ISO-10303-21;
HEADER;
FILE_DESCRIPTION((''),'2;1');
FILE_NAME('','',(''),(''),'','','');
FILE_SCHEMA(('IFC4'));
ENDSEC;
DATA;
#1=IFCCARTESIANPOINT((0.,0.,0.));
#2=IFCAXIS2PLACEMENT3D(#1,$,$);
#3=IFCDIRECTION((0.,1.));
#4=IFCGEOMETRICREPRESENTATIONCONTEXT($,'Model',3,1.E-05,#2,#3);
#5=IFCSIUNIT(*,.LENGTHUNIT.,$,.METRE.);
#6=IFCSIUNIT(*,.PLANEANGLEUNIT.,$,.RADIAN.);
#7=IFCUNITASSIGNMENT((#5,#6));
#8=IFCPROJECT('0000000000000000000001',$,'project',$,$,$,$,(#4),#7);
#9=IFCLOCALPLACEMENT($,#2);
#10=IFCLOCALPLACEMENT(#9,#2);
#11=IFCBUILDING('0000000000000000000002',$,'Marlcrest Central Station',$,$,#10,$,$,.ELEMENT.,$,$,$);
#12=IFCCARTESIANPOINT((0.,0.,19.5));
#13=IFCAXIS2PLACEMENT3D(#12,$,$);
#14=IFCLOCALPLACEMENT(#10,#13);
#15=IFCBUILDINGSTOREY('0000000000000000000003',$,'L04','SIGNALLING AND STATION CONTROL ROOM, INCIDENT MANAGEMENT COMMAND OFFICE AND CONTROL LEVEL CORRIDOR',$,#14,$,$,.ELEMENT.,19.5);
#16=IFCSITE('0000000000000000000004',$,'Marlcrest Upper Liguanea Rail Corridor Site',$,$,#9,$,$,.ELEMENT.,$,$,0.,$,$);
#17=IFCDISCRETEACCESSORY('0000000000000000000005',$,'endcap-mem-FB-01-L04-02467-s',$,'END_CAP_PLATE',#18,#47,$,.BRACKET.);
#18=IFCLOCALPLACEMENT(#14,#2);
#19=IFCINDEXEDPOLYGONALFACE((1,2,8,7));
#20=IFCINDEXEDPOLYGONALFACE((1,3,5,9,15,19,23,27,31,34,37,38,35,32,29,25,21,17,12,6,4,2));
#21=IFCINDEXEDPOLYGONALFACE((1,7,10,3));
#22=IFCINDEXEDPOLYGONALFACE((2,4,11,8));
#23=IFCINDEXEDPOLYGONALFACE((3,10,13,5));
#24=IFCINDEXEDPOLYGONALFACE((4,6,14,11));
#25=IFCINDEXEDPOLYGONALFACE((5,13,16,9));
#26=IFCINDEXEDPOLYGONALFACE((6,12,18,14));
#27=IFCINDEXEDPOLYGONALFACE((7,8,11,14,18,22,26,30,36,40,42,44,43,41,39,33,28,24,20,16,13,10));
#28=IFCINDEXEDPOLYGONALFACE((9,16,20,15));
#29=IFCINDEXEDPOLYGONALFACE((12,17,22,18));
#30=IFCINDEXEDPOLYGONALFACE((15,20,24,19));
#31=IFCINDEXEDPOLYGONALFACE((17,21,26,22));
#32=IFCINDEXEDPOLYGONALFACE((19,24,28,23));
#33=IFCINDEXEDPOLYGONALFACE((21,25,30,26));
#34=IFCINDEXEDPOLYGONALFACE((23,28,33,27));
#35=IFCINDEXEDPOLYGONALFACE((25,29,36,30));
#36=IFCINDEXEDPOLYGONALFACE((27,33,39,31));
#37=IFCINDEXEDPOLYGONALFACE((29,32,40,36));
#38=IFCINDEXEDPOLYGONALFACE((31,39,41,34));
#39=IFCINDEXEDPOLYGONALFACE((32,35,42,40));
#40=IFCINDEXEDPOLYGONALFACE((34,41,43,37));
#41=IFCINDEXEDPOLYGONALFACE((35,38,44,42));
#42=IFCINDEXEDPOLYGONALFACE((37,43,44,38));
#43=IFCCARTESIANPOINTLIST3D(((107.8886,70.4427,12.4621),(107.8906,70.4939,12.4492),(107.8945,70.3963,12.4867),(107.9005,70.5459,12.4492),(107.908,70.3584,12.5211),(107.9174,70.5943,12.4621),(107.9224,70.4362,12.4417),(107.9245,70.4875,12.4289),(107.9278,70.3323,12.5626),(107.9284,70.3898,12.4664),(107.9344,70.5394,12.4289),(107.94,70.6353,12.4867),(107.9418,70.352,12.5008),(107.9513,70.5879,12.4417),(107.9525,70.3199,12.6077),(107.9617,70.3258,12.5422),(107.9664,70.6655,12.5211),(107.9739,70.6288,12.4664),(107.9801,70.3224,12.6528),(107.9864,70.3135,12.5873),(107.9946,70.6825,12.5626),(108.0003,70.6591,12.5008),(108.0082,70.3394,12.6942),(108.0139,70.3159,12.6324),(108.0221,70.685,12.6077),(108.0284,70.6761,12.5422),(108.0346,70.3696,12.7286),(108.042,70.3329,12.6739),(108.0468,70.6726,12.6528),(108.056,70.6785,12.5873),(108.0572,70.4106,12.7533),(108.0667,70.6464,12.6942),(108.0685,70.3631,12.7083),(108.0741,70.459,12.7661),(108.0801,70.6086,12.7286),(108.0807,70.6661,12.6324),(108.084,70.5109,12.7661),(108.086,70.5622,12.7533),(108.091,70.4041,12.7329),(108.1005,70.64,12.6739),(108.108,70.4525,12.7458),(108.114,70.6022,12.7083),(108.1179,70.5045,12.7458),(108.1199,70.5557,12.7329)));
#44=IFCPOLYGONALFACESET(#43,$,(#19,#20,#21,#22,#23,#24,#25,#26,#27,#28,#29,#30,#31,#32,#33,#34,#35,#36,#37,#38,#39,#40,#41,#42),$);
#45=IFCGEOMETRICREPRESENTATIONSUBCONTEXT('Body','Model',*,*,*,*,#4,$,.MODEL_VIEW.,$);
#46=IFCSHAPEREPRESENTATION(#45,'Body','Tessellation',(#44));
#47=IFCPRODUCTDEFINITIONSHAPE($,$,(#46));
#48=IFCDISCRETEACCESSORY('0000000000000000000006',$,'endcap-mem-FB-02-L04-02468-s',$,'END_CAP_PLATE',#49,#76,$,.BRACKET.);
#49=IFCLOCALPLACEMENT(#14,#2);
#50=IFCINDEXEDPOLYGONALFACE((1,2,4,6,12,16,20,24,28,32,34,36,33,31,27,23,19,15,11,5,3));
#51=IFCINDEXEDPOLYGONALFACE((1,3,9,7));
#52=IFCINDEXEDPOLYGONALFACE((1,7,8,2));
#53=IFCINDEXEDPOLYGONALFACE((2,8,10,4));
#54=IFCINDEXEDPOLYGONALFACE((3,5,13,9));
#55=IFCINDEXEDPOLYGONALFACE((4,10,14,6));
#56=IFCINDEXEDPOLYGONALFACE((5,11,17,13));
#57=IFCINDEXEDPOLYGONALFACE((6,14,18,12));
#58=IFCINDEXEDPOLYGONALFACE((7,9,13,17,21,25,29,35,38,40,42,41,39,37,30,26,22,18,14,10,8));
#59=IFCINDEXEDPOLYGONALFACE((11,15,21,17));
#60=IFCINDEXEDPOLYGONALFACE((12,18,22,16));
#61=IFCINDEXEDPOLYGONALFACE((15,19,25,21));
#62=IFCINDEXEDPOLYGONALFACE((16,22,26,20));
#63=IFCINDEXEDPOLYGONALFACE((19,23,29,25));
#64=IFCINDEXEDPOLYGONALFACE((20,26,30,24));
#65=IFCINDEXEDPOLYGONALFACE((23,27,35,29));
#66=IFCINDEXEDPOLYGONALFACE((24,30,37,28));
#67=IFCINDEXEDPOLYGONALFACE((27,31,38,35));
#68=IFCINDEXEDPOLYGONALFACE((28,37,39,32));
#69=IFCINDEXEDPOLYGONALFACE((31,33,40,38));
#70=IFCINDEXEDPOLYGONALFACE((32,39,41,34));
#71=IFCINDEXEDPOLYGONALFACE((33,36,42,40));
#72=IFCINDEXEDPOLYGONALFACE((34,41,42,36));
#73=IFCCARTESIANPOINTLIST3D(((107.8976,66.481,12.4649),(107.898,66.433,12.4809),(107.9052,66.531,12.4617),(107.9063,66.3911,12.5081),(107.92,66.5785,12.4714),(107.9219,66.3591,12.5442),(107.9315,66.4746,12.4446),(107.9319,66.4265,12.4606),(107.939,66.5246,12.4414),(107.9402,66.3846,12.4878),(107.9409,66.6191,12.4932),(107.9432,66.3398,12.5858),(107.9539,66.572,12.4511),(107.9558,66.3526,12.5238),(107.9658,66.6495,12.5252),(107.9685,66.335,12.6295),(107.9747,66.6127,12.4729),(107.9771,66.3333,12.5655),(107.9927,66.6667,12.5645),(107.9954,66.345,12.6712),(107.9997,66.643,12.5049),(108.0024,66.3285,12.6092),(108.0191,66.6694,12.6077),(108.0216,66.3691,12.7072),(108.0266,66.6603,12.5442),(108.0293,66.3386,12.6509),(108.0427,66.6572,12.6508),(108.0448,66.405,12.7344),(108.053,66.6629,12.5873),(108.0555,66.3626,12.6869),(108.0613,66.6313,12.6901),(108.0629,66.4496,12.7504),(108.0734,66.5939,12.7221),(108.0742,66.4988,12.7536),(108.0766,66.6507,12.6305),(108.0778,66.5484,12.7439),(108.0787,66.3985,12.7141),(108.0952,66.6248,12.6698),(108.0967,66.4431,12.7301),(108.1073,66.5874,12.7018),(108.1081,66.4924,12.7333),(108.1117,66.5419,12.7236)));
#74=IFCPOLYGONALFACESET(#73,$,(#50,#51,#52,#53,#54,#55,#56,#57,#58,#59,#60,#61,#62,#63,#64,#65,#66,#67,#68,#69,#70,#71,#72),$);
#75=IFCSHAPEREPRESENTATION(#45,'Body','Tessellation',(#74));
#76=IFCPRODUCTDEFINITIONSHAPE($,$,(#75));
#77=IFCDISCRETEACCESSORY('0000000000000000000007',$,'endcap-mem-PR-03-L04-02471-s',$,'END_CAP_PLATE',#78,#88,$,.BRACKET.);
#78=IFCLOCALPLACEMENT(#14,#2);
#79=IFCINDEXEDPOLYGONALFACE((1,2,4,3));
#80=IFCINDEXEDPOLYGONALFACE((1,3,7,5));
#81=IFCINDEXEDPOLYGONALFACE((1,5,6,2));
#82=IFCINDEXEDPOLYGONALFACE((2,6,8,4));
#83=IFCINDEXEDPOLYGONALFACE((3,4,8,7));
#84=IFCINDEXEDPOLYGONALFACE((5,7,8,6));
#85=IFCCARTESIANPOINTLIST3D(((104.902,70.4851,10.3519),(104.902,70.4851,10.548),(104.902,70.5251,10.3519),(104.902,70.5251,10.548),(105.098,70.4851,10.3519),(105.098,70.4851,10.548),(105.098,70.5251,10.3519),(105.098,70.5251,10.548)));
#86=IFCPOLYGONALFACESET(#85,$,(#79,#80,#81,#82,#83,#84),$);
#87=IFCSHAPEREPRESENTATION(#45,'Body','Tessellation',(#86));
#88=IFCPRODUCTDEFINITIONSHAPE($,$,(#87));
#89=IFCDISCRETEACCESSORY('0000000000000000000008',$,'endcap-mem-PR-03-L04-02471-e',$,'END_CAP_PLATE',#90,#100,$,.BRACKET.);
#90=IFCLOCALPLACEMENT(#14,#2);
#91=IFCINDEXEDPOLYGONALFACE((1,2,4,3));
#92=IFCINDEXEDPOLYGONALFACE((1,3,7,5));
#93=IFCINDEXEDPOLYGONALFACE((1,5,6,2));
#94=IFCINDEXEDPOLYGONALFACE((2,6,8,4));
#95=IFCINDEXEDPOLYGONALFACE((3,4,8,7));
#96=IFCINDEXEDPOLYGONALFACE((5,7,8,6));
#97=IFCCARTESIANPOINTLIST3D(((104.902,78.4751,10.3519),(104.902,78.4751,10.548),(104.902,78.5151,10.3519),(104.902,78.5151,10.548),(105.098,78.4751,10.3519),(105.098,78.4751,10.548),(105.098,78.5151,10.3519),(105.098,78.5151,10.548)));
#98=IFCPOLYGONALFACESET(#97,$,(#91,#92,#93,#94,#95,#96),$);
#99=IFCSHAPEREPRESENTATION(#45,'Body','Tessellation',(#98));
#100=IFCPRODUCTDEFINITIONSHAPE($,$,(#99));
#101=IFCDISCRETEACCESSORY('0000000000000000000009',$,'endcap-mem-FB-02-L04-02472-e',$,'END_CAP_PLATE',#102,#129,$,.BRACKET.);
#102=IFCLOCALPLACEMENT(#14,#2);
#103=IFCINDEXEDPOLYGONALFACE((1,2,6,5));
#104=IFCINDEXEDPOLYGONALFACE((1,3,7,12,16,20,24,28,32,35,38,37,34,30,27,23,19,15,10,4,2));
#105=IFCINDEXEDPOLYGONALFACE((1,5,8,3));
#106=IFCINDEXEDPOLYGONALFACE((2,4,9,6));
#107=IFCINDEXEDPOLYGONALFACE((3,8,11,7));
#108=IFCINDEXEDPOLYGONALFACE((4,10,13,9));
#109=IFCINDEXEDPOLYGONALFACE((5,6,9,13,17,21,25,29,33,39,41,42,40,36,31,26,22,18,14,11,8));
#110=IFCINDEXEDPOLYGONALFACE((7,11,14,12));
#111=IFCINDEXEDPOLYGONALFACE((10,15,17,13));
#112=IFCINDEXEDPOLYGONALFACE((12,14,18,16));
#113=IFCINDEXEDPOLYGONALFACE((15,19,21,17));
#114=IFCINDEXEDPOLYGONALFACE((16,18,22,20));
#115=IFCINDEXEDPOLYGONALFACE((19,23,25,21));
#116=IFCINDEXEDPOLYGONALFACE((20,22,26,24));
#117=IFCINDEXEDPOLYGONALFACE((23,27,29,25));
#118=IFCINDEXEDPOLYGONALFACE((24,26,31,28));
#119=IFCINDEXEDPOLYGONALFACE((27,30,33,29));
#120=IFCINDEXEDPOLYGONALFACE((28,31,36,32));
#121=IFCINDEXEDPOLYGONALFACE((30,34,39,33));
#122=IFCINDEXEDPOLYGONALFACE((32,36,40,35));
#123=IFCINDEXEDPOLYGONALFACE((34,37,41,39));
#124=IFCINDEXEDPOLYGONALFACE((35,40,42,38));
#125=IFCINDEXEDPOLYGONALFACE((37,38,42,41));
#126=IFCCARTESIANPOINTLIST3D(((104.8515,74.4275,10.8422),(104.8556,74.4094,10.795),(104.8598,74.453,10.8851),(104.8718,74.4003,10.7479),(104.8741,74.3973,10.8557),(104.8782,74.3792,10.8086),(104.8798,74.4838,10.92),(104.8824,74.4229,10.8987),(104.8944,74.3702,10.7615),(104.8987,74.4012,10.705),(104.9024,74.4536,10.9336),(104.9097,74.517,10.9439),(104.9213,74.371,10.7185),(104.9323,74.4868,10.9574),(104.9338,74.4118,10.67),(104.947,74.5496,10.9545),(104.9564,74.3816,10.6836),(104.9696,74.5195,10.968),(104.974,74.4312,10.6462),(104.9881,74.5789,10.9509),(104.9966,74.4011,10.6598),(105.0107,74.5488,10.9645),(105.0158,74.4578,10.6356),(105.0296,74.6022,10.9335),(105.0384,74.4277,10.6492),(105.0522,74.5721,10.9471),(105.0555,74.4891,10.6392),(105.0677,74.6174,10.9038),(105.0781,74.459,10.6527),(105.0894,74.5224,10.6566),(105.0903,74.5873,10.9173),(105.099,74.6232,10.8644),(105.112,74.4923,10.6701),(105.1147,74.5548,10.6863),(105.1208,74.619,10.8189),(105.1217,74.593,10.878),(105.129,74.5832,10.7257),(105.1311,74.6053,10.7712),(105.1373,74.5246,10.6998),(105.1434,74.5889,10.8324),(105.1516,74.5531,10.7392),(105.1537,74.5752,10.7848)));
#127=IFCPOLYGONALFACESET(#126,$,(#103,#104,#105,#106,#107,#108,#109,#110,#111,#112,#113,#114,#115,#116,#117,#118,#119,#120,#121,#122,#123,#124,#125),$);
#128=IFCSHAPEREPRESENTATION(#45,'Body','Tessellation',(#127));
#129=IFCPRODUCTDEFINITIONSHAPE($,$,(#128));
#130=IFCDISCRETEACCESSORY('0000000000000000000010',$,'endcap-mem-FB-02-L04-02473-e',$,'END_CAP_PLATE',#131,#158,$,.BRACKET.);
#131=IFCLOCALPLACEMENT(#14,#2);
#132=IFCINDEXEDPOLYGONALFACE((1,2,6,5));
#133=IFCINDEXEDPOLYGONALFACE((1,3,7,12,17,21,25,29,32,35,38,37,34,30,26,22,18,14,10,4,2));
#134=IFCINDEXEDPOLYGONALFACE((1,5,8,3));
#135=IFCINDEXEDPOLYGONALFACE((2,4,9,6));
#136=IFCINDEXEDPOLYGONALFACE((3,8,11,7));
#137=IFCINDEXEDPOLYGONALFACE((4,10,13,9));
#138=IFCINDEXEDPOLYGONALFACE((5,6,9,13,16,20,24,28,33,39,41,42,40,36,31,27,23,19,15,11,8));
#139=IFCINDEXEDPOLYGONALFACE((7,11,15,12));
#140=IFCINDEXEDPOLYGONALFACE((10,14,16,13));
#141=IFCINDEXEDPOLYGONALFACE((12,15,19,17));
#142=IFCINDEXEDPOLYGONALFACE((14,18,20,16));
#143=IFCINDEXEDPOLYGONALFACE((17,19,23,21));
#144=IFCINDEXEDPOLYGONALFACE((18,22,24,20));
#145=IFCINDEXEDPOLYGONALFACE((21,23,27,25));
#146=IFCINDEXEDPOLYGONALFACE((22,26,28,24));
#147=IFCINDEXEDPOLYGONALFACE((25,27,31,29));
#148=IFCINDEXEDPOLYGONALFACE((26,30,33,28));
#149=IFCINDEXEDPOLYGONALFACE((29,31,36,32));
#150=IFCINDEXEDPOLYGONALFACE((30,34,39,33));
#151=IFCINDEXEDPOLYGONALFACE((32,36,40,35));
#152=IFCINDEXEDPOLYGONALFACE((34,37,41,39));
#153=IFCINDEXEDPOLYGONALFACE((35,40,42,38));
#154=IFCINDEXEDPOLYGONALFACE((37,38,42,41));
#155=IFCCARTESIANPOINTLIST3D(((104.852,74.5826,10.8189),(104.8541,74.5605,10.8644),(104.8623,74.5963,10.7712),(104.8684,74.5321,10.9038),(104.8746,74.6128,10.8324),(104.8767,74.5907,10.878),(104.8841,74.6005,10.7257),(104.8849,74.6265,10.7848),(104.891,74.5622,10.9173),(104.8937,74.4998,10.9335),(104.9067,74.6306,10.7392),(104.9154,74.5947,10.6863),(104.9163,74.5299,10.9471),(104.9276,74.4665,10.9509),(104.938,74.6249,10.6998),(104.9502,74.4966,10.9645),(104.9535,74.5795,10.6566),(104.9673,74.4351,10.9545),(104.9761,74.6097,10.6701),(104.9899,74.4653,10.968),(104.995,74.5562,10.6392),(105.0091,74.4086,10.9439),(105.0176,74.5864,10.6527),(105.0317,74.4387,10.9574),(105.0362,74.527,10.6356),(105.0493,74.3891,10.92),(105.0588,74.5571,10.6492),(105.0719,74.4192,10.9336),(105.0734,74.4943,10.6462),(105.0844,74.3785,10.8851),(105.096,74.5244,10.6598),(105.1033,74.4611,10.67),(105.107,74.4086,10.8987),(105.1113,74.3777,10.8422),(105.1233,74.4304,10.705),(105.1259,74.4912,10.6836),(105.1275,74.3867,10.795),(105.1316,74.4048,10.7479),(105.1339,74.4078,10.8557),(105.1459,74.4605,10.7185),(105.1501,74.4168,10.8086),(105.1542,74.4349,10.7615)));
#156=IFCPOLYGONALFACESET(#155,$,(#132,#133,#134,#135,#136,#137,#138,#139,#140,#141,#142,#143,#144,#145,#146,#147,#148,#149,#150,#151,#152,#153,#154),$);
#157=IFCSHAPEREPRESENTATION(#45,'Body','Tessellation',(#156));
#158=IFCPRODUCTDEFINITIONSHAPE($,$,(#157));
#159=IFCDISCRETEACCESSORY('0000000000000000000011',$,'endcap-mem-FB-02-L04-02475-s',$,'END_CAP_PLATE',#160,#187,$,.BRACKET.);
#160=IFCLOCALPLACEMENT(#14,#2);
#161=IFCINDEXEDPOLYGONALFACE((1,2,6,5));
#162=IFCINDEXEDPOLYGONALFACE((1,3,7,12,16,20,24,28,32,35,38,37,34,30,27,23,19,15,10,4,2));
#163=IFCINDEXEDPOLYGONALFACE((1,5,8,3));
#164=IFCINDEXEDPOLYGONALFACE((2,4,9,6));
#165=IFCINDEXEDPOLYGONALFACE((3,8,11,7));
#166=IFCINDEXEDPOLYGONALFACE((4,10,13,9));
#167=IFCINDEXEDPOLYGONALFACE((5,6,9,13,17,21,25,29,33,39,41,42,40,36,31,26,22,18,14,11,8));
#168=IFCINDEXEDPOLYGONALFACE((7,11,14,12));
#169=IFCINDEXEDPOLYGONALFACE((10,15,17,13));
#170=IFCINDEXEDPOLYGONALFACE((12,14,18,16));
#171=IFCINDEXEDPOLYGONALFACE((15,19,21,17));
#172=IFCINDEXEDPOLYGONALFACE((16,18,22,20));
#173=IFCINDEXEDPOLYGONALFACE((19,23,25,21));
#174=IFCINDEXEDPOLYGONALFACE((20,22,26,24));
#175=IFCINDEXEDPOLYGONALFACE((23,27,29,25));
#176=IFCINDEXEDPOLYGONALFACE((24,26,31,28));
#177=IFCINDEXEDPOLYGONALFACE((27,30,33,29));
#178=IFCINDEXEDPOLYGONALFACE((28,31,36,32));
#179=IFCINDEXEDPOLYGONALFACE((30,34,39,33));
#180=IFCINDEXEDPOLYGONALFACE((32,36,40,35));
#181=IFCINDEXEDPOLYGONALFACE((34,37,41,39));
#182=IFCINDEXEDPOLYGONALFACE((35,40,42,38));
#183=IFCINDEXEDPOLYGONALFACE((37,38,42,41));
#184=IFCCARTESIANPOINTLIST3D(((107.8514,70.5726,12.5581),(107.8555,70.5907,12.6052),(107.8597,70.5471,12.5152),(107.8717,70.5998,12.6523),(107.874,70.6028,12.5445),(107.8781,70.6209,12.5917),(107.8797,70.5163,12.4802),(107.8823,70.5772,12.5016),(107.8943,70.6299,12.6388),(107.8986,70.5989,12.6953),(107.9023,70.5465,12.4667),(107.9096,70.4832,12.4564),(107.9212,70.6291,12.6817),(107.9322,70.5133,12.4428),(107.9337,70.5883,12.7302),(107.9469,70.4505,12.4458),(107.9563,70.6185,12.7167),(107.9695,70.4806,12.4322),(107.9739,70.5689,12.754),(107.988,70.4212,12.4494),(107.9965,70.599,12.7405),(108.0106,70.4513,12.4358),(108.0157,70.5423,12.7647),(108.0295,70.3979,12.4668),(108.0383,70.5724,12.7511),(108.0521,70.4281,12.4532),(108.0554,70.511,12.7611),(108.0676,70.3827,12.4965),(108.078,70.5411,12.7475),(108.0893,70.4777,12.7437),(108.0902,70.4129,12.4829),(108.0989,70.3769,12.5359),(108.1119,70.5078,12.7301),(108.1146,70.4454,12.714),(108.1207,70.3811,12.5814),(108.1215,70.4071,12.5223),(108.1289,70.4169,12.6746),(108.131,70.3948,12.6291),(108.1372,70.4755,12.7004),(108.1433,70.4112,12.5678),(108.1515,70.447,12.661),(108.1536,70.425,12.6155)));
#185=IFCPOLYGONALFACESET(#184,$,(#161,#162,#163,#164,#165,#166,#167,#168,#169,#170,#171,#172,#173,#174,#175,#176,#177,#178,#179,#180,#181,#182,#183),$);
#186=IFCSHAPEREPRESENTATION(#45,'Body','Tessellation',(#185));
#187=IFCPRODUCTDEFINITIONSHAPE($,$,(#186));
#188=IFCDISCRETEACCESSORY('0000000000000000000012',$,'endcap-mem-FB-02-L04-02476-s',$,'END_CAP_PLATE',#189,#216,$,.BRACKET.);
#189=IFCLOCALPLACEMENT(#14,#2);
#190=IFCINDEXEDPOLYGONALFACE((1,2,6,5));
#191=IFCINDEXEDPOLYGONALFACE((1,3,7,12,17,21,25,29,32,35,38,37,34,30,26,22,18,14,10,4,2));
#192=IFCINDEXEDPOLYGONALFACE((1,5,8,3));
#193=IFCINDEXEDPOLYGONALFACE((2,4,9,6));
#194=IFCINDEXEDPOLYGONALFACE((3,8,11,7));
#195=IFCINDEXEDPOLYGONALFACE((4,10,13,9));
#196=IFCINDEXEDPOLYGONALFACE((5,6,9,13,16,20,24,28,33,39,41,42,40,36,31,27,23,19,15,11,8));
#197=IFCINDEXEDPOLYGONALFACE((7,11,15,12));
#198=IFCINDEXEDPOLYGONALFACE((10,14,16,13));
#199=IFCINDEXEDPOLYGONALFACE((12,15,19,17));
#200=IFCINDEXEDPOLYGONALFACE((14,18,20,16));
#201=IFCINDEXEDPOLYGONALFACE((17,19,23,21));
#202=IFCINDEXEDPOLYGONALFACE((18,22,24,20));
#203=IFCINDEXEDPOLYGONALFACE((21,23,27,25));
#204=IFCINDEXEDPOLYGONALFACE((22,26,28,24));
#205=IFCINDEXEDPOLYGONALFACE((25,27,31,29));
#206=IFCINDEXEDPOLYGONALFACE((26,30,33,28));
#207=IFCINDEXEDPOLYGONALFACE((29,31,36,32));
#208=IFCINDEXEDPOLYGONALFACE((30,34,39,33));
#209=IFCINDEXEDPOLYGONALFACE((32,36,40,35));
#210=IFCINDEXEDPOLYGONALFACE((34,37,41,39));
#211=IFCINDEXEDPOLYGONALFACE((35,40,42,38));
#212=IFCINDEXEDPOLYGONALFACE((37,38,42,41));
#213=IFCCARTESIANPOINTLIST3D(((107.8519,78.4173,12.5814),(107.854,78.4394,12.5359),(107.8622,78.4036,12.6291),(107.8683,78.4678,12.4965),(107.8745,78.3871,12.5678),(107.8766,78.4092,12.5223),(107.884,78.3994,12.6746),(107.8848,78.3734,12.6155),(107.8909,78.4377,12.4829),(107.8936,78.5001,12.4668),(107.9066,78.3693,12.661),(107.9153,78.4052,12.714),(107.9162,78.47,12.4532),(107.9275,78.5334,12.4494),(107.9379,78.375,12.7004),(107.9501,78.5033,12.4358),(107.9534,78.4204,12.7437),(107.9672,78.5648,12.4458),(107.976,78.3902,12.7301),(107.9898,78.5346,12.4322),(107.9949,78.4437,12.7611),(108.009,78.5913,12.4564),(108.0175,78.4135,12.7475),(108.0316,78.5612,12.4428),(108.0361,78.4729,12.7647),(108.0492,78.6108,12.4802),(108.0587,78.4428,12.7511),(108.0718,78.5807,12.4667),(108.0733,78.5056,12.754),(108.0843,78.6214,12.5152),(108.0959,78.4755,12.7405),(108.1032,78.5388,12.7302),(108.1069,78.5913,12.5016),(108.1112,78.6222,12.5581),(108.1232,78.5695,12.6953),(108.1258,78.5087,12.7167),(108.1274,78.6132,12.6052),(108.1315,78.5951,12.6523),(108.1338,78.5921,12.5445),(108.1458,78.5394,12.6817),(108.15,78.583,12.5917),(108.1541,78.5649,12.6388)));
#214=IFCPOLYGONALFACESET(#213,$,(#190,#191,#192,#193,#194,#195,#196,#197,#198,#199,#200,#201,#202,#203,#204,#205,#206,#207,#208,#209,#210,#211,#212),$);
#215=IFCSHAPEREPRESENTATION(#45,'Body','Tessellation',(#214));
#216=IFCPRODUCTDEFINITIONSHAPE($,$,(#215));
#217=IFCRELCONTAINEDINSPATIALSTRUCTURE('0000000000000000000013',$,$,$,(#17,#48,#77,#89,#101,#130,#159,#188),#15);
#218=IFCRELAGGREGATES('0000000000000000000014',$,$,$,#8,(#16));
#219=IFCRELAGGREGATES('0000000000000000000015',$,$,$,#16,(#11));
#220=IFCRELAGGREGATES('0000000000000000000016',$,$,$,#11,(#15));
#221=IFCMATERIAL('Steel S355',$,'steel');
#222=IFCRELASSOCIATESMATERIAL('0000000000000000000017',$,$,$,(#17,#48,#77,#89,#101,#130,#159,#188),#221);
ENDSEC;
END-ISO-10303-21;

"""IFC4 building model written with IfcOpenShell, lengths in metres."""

from ifc_helpers import new_model, si_unit, direction, frame, origin, origin_2d, place, context, subcontext, project, spatial, rectangle, circle, extrude, material, element, save


model = new_model("IFC4")

# Units and contexts
model_context = context("Model", 3, precision=1e-05, world=origin(), true_north=direction((0.0, 1.0)))
body_context = subcontext(model_context, "Body", "Model", "MODEL_VIEW")
ifc_project = project(units=[si_unit("LENGTHUNIT", "METRE"), si_unit("PLANEANGLEUNIT", "RADIAN")], contexts=[model_context])

# Site, building, storey
site_placement = place(None, origin())
site = spatial("IfcSite", under=ifc_project, at=site_placement, Name="Marlcrest Upper Liguanea Rail Corridor Site", CompositionType="ELEMENT", RefElevation=0.0)
building_placement = place(site_placement, origin())
building = spatial("IfcBuilding", under=site, at=building_placement, Name="Marlcrest Central Station", CompositionType="ELEMENT")
storey_placement = place(building_placement, frame((0.0, 0.0, 19.5)))
storey = spatial("IfcBuildingStorey", under=building, at=storey_placement, Name="L04", Description="SIGNALLING AND STATION CONTROL ROOM, INCIDENT MANAGEMENT COMMAND OFFICE AND CONTROL LEVEL CORRIDOR", CompositionType="ELEMENT", Elevation=19.5)

# Discrete accessories
ifc_material_1 = material(Name="Steel S355", Category="steel")
for number, where, z_axis, x_axis, name in (
    (1, (107.9873, 70.5024, 12.6077), (0.846277, -0.161196, -0.50777), (0.187112, 0.982339, 0.0), "endcap-mem-FB-01-L04-02467-s"),
):
    element("IfcDiscreteAccessory", number, at=place(storey_placement, frame(where, z_axis=z_axis, x_axis=x_axis)), inside=storey, material=ifc_material_1, Name=name, ObjectType="END_CAP_PLATE", PredefinedType="BRACKET", context=body_context, shape_type="SweptSolid", body=[
        extrude(circle(Radius=0.1858, at=origin_2d()), origin(), (0.0, 0.0, 1.0), 0.04),
    ])
discrete_accessory_1_placement = place(storey_placement, frame((107.9873, 66.5024, 12.6077), z_axis=(0.846277, -0.161196, -0.50777), x_axis=(0.187112, 0.982339, 0.0)))
element("IfcDiscreteAccessory", 2, at=discrete_accessory_1_placement, inside=storey, material=ifc_material_1, Name="endcap-mem-FB-02-L04-02468-s", ObjectType="END_CAP_PLATE", PredefinedType="BRACKET", context=body_context, shape_type="SweptSolid", body=[
    extrude(circle(Radius=0.1699, at=origin_2d()), origin(), (0.0, 0.0, 1.0), 0.04),
])
for number, where, z_axis, x_axis, name in (
    (3, (105.0, 70.4851, 10.45), (0.0, 1.0, 0.0), (-1.0, 0.0, 0.0), "endcap-mem-PR-03-L04-02471-s"),
    (4, (105.0, 78.4751, 10.45), (0.0, 1.0, 0.0), (-1.0, 0.0, 0.0), "endcap-mem-PR-03-L04-02471-e"),
):
    element("IfcDiscreteAccessory", number, at=place(storey_placement, frame(where, z_axis=z_axis, x_axis=x_axis)), inside=storey, material=ifc_material_1, Name=name, ObjectType="END_CAP_PLATE", PredefinedType="BRACKET", context=body_context, shape_type="SweptSolid", body=[
        extrude(rectangle(XDim=0.196, YDim=0.196, at=origin_2d()), origin(), (0.0, 0.0, 1.0), 0.04),
    ])
for number, where, z_axis, x_axis, name in (
    (5, (105.0142, 74.4812, 10.8086), (-0.564531, 0.752708, -0.338728), (-0.8, -0.6, 0.0), "endcap-mem-FB-02-L04-02472-e"),
    (6, (105.0142, 74.5188, 10.8086), (-0.564531, -0.752708, -0.338728), (0.8, -0.6, 0.0), "endcap-mem-FB-02-L04-02473-e"),
    (7, (107.9915, 70.4888, 12.6052), (0.564531, 0.752708, -0.338728), (-0.8, 0.6, 0.0), "endcap-mem-FB-02-L04-02475-s"),
    (8, (107.9915, 78.5112, 12.6052), (0.564531, -0.752708, -0.338728), (0.8, 0.6, 0.0), "endcap-mem-FB-02-L04-02476-s"),
):
    element("IfcDiscreteAccessory", number, at=place(storey_placement, frame(where, z_axis=z_axis, x_axis=x_axis)), inside=storey, material=ifc_material_1, Name=name, ObjectType="END_CAP_PLATE", PredefinedType="BRACKET", context=body_context, shape_type="SweptSolid", body=[
        extrude(circle(Radius=0.1699, at=origin_2d()), origin(), (0.0, 0.0, 1.0), 0.04),
    ])

save(model, "model.ifc")
